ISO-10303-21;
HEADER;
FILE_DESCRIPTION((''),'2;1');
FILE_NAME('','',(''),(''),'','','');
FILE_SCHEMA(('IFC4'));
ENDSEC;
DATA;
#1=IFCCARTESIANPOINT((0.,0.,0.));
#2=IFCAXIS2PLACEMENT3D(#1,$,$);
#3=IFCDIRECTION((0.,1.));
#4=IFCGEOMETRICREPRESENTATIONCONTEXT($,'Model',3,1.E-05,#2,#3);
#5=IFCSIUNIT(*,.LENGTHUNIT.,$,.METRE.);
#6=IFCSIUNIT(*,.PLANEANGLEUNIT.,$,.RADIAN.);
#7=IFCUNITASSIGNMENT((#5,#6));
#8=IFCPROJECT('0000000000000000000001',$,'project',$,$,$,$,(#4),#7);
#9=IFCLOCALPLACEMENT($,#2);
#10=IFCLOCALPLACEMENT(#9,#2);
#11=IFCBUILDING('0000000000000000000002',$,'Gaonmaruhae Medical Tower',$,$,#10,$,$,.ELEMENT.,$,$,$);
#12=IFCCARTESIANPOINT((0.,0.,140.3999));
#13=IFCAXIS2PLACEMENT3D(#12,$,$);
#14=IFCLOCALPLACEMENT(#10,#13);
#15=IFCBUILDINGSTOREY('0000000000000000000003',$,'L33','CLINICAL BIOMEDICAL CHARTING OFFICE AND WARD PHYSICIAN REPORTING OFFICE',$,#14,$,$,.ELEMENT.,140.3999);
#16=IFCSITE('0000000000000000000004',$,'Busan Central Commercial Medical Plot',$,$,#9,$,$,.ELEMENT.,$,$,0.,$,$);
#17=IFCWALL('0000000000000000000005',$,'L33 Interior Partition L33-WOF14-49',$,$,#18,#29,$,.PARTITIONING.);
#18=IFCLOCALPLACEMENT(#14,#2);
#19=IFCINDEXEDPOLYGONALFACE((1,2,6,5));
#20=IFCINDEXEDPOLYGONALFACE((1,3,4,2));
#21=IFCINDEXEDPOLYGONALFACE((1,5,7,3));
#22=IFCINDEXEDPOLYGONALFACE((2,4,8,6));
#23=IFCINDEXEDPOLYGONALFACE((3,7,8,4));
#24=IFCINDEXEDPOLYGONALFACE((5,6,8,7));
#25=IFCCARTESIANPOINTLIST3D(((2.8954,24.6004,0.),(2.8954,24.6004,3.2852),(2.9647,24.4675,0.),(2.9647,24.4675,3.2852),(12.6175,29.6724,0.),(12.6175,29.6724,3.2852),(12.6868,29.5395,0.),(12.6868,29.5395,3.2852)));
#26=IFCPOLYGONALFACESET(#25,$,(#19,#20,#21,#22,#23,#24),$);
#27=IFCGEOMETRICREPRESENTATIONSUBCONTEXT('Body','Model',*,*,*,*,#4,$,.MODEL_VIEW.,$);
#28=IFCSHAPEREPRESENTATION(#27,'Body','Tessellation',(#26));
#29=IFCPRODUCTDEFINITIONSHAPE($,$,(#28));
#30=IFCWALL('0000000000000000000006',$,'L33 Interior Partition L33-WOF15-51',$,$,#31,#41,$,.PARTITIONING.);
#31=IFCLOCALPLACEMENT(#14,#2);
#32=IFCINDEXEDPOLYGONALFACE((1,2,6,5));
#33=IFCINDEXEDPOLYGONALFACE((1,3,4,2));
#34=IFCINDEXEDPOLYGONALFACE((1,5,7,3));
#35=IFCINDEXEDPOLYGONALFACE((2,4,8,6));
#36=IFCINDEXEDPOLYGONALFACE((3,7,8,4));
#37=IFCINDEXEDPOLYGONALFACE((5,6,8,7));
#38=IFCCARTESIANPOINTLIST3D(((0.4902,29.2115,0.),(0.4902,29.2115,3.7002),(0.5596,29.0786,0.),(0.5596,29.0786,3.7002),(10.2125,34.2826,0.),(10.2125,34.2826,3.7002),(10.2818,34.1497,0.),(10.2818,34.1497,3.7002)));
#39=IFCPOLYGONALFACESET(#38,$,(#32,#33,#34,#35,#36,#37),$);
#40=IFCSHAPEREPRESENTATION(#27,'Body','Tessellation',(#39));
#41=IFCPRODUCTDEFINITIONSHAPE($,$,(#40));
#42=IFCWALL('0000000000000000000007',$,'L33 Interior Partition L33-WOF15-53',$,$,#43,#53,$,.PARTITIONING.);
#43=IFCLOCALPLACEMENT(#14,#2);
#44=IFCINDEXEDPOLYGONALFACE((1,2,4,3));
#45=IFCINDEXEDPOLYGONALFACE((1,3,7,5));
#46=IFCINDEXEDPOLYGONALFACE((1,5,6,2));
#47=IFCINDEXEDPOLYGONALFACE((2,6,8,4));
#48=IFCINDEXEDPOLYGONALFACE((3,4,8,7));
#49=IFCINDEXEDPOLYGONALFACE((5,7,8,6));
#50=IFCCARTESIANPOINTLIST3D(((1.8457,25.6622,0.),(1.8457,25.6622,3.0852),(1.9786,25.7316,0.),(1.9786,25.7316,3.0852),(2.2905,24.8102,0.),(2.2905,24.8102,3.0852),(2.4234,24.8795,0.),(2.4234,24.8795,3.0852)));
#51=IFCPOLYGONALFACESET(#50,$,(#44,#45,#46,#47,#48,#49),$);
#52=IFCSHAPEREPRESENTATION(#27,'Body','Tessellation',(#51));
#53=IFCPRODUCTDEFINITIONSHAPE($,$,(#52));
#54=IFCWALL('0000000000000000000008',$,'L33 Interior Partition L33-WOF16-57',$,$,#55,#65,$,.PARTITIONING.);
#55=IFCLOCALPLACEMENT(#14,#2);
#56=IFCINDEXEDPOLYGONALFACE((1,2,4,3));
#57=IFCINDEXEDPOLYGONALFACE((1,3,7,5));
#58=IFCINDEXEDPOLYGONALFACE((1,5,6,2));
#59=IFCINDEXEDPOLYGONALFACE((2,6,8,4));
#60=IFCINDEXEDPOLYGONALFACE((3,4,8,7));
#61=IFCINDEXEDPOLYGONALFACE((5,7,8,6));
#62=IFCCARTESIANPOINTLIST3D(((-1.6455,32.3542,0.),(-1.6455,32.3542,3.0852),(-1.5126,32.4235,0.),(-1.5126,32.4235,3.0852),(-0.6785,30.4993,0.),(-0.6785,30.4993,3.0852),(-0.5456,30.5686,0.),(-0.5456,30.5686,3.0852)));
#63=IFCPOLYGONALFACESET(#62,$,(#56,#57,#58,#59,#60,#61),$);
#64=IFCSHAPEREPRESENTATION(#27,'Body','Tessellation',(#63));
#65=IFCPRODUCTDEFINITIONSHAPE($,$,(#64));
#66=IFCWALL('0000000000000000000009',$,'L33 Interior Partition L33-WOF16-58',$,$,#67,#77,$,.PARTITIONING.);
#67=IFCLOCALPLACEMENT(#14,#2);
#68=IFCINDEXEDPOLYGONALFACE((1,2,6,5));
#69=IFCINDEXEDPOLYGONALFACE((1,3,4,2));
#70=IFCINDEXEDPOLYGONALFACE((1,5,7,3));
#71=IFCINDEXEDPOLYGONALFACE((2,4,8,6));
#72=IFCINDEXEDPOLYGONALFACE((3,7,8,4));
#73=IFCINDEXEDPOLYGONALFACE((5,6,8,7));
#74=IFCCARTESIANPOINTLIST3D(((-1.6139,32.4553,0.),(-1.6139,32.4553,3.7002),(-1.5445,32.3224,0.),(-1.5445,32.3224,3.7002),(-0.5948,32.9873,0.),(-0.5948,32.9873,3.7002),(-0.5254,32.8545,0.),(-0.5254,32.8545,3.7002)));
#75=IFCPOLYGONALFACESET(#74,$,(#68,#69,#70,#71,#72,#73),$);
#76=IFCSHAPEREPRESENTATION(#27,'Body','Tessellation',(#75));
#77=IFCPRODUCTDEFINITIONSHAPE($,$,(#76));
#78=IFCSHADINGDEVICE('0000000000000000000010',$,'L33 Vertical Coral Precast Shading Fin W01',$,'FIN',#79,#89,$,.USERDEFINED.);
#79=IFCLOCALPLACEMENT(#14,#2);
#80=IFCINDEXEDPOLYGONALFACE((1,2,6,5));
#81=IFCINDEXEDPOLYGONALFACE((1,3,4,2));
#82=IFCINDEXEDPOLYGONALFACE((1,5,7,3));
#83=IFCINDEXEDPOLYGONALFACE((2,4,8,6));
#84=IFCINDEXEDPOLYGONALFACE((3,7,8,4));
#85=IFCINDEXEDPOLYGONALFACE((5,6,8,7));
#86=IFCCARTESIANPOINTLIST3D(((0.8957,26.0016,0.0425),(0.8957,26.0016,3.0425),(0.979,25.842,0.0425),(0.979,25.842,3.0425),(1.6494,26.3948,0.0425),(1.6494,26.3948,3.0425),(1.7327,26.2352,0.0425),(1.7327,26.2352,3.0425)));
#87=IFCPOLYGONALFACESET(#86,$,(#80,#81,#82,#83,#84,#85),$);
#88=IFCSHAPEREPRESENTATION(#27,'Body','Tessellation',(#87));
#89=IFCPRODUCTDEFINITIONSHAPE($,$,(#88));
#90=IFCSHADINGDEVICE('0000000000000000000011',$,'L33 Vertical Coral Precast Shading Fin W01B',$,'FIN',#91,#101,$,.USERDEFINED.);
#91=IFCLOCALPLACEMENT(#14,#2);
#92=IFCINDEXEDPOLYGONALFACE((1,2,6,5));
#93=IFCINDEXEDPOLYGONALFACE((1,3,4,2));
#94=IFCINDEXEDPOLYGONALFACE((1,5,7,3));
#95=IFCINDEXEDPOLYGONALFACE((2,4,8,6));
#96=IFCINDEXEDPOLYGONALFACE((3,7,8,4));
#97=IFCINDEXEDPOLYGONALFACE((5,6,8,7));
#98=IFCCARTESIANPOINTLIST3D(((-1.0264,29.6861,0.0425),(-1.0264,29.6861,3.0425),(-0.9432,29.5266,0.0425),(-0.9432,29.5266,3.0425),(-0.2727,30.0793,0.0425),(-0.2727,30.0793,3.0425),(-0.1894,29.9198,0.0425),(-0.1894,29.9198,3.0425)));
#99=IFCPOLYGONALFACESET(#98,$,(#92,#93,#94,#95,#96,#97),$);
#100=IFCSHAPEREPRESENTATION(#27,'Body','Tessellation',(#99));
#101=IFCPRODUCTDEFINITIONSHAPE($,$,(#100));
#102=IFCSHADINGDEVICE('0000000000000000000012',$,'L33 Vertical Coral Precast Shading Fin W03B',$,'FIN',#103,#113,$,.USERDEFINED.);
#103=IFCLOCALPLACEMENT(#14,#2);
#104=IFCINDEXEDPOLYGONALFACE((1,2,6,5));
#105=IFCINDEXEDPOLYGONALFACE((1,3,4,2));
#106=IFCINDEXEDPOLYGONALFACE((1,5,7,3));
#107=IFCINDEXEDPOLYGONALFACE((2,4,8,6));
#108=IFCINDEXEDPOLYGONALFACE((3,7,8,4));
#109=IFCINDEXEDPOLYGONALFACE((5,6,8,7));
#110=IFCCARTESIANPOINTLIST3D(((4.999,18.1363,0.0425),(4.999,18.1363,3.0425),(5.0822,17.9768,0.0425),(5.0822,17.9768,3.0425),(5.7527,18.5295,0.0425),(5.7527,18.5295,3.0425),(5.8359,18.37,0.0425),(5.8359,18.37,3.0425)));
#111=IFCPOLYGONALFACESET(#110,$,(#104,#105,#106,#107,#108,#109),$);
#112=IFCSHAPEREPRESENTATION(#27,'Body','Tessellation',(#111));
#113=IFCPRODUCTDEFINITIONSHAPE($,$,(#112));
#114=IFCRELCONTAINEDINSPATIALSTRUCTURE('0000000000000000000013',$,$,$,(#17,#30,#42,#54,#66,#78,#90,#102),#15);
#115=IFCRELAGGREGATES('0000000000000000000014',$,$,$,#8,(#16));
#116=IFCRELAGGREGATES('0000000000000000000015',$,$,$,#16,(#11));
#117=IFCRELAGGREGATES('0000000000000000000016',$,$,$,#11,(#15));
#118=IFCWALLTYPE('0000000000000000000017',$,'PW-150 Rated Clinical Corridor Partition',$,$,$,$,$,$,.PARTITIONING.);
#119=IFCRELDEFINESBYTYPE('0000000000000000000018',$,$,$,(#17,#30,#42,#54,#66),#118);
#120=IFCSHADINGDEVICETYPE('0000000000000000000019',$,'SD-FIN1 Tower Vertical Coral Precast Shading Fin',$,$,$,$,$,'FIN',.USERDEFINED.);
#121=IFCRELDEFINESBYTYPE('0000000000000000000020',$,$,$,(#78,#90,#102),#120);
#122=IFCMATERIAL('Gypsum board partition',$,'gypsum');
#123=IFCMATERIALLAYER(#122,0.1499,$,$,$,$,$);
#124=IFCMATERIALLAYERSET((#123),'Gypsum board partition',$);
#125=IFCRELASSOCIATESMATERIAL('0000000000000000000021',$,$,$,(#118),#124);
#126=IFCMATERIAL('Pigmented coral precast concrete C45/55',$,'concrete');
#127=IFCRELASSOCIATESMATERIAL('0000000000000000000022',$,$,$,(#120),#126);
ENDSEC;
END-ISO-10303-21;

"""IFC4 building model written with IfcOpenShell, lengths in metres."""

from ifc_helpers import new_model, si_unit, direction, frame, frame_2d, origin, origin_2d, place, context, subcontext, project, spatial, rectangle, extrude, material, layer, layer_set, type_object, element, save


model = new_model("IFC4")

# Units and contexts
model_context = context("Model", 3, precision=1e-05, world=origin(), true_north=direction((0.0, 1.0)))
body_context = subcontext(model_context, "Body", "Model", "MODEL_VIEW")
ifc_project = project(units=[si_unit("LENGTHUNIT", "METRE"), si_unit("PLANEANGLEUNIT", "RADIAN")], contexts=[model_context])

# Site, building, storey
site_placement = place(None, origin())
site = spatial("IfcSite", under=ifc_project, at=site_placement, Name="Busan Central Commercial Medical Plot", CompositionType="ELEMENT", RefElevation=0.0)
building_placement = place(site_placement, origin())
building = spatial("IfcBuilding", under=site, at=building_placement, Name="Gaonmaruhae Medical Tower", CompositionType="ELEMENT")
storey_placement = place(building_placement, frame((0.0, 0.0, 140.3999)))
storey = spatial("IfcBuildingStorey", under=building, at=storey_placement, Name="L33", Description="CLINICAL BIOMEDICAL CHARTING OFFICE AND WARD PHYSICIAN REPORTING OFFICE", CompositionType="ELEMENT", Elevation=140.3999)

# Walls
ifc_material_1 = material(Name="Gypsum board partition", Category="gypsum")
ifc_layer_1 = layer(ifc_material_1, 0.1499)
ifc_layer_set_1 = layer_set([ifc_layer_1], Name="Gypsum board partition")
wall_type_1 = type_object("IfcWallType", Name="PW-150 Rated Clinical Corridor Partition", PredefinedType="PARTITIONING", material=ifc_layer_set_1)
wall_1_placement = place(storey_placement, frame((2.9299, 24.5339, 0.0), z_axis=(0.0, 0.0, 1.0), x_axis=(0.8866, 0.462536, 0.0)))
element("IfcWall", 1, at=wall_1_placement, inside=storey, type_object=wall_type_1, Name="L33 Interior Partition L33-WOF14-49", PredefinedType="PARTITIONING", context=body_context, shape_type="SweptSolid", body=[
    extrude(rectangle(XDim=10.9656, YDim=0.1499, at=frame_2d((5.4829, 0.0))), origin(), (0.0, 0.0, 1.0), 3.2852),
])
wall_2_placement = place(storey_placement, frame((0.5249, 29.145, 0.0), z_axis=(0.0, 0.0, 1.0), x_axis=(0.886637, 0.462466, 0.0)))
element("IfcWall", 2, at=wall_2_placement, inside=storey, type_object=wall_type_1, Name="L33 Interior Partition L33-WOF15-51", PredefinedType="PARTITIONING", context=body_context, shape_type="SweptSolid", body=[
    extrude(rectangle(XDim=10.9653, YDim=0.1499, at=frame_2d((5.4827, 0.0))), origin(), (0.0, 0.0, 1.0), 3.7002),
])
wall_3_placement = place(storey_placement, frame((2.3569, 24.845, 0.0), z_axis=(0.0, 0.0, 1.0), x_axis=(-0.462792, 0.886467, 0.0)))
element("IfcWall", 3, at=wall_3_placement, inside=storey, type_object=wall_type_1, Name="L33 Interior Partition L33-WOF15-53", PredefinedType="PARTITIONING", context=body_context, shape_type="SweptSolid", body=[
    extrude(rectangle(XDim=0.9612, YDim=0.1499, at=frame_2d((0.4805, 0.0))), origin(), (0.0, 0.0, 1.0), 3.0852),
])
wall_4_placement = place(storey_placement, frame((-0.6121, 30.5339, 0.0), z_axis=(0.0, 0.0, 1.0), x_axis=(-0.462275, 0.886737, 0.0)))
element("IfcWall", 4, at=wall_4_placement, inside=storey, type_object=wall_type_1, Name="L33 Interior Partition L33-WOF16-57", PredefinedType="PARTITIONING", context=body_context, shape_type="SweptSolid", body=[
    extrude(rectangle(XDim=2.0918, YDim=0.1499, at=frame_2d((1.0459, 0.0))), origin(), (0.0, 0.0, 1.0), 3.0852),
])
wall_5_placement = place(storey_placement, frame((-1.5791, 32.3889, 0.0), z_axis=(0.0, 0.0, 1.0), x_axis=(0.886475, 0.462776, 0.0)))
element("IfcWall", 5, at=wall_5_placement, inside=storey, type_object=wall_type_1, Name="L33 Interior Partition L33-WOF16-58", PredefinedType="PARTITIONING", context=body_context, shape_type="SweptSolid", body=[
    extrude(rectangle(XDim=1.1497, YDim=0.1499, at=frame_2d((0.5747, 0.0))), origin(), (0.0, 0.0, 1.0), 3.7002),
])

# Shading devices
ifc_material_2 = material(Name="Pigmented coral precast concrete C45/55", Category="concrete")
shading_device_type = type_object("IfcShadingDeviceType", Name="SD-FIN1 Tower Vertical Coral Precast Shading Fin", ElementType="FIN", PredefinedType="USERDEFINED", material=ifc_material_2)
for number, where, z_axis, x_axis, name in (
    (6, (1.3142, 26.1184, 0.0425), (0.0, 0.0, 1.0), (-0.462523, 0.886608, 0.0), "L33 Vertical Coral Precast Shading Fin W01"),
    (7, (-0.6079, 29.803, 0.0425), (0.0, 0.0, 1.0), (-0.462523, 0.886608, 0.0), "L33 Vertical Coral Precast Shading Fin W01B"),
    (8, (5.4175, 18.2532, 0.0425), (0.0, 0.0, 1.0), (-0.462523, 0.886608, 0.0), "L33 Vertical Coral Precast Shading Fin W03B"),
):
    element("IfcShadingDevice", number, at=place(storey_placement, frame(where, z_axis=z_axis, x_axis=x_axis)), inside=storey, type_object=shading_device_type, Name=name, ObjectType="FIN", PredefinedType="USERDEFINED", context=body_context, shape_type="SweptSolid", body=[
        extrude(rectangle(XDim=0.1799, YDim=0.8501, at=origin_2d()), origin(), (0.0, 0.0, 1.0), 3.0),
    ])

save(model, "model.ifc")
